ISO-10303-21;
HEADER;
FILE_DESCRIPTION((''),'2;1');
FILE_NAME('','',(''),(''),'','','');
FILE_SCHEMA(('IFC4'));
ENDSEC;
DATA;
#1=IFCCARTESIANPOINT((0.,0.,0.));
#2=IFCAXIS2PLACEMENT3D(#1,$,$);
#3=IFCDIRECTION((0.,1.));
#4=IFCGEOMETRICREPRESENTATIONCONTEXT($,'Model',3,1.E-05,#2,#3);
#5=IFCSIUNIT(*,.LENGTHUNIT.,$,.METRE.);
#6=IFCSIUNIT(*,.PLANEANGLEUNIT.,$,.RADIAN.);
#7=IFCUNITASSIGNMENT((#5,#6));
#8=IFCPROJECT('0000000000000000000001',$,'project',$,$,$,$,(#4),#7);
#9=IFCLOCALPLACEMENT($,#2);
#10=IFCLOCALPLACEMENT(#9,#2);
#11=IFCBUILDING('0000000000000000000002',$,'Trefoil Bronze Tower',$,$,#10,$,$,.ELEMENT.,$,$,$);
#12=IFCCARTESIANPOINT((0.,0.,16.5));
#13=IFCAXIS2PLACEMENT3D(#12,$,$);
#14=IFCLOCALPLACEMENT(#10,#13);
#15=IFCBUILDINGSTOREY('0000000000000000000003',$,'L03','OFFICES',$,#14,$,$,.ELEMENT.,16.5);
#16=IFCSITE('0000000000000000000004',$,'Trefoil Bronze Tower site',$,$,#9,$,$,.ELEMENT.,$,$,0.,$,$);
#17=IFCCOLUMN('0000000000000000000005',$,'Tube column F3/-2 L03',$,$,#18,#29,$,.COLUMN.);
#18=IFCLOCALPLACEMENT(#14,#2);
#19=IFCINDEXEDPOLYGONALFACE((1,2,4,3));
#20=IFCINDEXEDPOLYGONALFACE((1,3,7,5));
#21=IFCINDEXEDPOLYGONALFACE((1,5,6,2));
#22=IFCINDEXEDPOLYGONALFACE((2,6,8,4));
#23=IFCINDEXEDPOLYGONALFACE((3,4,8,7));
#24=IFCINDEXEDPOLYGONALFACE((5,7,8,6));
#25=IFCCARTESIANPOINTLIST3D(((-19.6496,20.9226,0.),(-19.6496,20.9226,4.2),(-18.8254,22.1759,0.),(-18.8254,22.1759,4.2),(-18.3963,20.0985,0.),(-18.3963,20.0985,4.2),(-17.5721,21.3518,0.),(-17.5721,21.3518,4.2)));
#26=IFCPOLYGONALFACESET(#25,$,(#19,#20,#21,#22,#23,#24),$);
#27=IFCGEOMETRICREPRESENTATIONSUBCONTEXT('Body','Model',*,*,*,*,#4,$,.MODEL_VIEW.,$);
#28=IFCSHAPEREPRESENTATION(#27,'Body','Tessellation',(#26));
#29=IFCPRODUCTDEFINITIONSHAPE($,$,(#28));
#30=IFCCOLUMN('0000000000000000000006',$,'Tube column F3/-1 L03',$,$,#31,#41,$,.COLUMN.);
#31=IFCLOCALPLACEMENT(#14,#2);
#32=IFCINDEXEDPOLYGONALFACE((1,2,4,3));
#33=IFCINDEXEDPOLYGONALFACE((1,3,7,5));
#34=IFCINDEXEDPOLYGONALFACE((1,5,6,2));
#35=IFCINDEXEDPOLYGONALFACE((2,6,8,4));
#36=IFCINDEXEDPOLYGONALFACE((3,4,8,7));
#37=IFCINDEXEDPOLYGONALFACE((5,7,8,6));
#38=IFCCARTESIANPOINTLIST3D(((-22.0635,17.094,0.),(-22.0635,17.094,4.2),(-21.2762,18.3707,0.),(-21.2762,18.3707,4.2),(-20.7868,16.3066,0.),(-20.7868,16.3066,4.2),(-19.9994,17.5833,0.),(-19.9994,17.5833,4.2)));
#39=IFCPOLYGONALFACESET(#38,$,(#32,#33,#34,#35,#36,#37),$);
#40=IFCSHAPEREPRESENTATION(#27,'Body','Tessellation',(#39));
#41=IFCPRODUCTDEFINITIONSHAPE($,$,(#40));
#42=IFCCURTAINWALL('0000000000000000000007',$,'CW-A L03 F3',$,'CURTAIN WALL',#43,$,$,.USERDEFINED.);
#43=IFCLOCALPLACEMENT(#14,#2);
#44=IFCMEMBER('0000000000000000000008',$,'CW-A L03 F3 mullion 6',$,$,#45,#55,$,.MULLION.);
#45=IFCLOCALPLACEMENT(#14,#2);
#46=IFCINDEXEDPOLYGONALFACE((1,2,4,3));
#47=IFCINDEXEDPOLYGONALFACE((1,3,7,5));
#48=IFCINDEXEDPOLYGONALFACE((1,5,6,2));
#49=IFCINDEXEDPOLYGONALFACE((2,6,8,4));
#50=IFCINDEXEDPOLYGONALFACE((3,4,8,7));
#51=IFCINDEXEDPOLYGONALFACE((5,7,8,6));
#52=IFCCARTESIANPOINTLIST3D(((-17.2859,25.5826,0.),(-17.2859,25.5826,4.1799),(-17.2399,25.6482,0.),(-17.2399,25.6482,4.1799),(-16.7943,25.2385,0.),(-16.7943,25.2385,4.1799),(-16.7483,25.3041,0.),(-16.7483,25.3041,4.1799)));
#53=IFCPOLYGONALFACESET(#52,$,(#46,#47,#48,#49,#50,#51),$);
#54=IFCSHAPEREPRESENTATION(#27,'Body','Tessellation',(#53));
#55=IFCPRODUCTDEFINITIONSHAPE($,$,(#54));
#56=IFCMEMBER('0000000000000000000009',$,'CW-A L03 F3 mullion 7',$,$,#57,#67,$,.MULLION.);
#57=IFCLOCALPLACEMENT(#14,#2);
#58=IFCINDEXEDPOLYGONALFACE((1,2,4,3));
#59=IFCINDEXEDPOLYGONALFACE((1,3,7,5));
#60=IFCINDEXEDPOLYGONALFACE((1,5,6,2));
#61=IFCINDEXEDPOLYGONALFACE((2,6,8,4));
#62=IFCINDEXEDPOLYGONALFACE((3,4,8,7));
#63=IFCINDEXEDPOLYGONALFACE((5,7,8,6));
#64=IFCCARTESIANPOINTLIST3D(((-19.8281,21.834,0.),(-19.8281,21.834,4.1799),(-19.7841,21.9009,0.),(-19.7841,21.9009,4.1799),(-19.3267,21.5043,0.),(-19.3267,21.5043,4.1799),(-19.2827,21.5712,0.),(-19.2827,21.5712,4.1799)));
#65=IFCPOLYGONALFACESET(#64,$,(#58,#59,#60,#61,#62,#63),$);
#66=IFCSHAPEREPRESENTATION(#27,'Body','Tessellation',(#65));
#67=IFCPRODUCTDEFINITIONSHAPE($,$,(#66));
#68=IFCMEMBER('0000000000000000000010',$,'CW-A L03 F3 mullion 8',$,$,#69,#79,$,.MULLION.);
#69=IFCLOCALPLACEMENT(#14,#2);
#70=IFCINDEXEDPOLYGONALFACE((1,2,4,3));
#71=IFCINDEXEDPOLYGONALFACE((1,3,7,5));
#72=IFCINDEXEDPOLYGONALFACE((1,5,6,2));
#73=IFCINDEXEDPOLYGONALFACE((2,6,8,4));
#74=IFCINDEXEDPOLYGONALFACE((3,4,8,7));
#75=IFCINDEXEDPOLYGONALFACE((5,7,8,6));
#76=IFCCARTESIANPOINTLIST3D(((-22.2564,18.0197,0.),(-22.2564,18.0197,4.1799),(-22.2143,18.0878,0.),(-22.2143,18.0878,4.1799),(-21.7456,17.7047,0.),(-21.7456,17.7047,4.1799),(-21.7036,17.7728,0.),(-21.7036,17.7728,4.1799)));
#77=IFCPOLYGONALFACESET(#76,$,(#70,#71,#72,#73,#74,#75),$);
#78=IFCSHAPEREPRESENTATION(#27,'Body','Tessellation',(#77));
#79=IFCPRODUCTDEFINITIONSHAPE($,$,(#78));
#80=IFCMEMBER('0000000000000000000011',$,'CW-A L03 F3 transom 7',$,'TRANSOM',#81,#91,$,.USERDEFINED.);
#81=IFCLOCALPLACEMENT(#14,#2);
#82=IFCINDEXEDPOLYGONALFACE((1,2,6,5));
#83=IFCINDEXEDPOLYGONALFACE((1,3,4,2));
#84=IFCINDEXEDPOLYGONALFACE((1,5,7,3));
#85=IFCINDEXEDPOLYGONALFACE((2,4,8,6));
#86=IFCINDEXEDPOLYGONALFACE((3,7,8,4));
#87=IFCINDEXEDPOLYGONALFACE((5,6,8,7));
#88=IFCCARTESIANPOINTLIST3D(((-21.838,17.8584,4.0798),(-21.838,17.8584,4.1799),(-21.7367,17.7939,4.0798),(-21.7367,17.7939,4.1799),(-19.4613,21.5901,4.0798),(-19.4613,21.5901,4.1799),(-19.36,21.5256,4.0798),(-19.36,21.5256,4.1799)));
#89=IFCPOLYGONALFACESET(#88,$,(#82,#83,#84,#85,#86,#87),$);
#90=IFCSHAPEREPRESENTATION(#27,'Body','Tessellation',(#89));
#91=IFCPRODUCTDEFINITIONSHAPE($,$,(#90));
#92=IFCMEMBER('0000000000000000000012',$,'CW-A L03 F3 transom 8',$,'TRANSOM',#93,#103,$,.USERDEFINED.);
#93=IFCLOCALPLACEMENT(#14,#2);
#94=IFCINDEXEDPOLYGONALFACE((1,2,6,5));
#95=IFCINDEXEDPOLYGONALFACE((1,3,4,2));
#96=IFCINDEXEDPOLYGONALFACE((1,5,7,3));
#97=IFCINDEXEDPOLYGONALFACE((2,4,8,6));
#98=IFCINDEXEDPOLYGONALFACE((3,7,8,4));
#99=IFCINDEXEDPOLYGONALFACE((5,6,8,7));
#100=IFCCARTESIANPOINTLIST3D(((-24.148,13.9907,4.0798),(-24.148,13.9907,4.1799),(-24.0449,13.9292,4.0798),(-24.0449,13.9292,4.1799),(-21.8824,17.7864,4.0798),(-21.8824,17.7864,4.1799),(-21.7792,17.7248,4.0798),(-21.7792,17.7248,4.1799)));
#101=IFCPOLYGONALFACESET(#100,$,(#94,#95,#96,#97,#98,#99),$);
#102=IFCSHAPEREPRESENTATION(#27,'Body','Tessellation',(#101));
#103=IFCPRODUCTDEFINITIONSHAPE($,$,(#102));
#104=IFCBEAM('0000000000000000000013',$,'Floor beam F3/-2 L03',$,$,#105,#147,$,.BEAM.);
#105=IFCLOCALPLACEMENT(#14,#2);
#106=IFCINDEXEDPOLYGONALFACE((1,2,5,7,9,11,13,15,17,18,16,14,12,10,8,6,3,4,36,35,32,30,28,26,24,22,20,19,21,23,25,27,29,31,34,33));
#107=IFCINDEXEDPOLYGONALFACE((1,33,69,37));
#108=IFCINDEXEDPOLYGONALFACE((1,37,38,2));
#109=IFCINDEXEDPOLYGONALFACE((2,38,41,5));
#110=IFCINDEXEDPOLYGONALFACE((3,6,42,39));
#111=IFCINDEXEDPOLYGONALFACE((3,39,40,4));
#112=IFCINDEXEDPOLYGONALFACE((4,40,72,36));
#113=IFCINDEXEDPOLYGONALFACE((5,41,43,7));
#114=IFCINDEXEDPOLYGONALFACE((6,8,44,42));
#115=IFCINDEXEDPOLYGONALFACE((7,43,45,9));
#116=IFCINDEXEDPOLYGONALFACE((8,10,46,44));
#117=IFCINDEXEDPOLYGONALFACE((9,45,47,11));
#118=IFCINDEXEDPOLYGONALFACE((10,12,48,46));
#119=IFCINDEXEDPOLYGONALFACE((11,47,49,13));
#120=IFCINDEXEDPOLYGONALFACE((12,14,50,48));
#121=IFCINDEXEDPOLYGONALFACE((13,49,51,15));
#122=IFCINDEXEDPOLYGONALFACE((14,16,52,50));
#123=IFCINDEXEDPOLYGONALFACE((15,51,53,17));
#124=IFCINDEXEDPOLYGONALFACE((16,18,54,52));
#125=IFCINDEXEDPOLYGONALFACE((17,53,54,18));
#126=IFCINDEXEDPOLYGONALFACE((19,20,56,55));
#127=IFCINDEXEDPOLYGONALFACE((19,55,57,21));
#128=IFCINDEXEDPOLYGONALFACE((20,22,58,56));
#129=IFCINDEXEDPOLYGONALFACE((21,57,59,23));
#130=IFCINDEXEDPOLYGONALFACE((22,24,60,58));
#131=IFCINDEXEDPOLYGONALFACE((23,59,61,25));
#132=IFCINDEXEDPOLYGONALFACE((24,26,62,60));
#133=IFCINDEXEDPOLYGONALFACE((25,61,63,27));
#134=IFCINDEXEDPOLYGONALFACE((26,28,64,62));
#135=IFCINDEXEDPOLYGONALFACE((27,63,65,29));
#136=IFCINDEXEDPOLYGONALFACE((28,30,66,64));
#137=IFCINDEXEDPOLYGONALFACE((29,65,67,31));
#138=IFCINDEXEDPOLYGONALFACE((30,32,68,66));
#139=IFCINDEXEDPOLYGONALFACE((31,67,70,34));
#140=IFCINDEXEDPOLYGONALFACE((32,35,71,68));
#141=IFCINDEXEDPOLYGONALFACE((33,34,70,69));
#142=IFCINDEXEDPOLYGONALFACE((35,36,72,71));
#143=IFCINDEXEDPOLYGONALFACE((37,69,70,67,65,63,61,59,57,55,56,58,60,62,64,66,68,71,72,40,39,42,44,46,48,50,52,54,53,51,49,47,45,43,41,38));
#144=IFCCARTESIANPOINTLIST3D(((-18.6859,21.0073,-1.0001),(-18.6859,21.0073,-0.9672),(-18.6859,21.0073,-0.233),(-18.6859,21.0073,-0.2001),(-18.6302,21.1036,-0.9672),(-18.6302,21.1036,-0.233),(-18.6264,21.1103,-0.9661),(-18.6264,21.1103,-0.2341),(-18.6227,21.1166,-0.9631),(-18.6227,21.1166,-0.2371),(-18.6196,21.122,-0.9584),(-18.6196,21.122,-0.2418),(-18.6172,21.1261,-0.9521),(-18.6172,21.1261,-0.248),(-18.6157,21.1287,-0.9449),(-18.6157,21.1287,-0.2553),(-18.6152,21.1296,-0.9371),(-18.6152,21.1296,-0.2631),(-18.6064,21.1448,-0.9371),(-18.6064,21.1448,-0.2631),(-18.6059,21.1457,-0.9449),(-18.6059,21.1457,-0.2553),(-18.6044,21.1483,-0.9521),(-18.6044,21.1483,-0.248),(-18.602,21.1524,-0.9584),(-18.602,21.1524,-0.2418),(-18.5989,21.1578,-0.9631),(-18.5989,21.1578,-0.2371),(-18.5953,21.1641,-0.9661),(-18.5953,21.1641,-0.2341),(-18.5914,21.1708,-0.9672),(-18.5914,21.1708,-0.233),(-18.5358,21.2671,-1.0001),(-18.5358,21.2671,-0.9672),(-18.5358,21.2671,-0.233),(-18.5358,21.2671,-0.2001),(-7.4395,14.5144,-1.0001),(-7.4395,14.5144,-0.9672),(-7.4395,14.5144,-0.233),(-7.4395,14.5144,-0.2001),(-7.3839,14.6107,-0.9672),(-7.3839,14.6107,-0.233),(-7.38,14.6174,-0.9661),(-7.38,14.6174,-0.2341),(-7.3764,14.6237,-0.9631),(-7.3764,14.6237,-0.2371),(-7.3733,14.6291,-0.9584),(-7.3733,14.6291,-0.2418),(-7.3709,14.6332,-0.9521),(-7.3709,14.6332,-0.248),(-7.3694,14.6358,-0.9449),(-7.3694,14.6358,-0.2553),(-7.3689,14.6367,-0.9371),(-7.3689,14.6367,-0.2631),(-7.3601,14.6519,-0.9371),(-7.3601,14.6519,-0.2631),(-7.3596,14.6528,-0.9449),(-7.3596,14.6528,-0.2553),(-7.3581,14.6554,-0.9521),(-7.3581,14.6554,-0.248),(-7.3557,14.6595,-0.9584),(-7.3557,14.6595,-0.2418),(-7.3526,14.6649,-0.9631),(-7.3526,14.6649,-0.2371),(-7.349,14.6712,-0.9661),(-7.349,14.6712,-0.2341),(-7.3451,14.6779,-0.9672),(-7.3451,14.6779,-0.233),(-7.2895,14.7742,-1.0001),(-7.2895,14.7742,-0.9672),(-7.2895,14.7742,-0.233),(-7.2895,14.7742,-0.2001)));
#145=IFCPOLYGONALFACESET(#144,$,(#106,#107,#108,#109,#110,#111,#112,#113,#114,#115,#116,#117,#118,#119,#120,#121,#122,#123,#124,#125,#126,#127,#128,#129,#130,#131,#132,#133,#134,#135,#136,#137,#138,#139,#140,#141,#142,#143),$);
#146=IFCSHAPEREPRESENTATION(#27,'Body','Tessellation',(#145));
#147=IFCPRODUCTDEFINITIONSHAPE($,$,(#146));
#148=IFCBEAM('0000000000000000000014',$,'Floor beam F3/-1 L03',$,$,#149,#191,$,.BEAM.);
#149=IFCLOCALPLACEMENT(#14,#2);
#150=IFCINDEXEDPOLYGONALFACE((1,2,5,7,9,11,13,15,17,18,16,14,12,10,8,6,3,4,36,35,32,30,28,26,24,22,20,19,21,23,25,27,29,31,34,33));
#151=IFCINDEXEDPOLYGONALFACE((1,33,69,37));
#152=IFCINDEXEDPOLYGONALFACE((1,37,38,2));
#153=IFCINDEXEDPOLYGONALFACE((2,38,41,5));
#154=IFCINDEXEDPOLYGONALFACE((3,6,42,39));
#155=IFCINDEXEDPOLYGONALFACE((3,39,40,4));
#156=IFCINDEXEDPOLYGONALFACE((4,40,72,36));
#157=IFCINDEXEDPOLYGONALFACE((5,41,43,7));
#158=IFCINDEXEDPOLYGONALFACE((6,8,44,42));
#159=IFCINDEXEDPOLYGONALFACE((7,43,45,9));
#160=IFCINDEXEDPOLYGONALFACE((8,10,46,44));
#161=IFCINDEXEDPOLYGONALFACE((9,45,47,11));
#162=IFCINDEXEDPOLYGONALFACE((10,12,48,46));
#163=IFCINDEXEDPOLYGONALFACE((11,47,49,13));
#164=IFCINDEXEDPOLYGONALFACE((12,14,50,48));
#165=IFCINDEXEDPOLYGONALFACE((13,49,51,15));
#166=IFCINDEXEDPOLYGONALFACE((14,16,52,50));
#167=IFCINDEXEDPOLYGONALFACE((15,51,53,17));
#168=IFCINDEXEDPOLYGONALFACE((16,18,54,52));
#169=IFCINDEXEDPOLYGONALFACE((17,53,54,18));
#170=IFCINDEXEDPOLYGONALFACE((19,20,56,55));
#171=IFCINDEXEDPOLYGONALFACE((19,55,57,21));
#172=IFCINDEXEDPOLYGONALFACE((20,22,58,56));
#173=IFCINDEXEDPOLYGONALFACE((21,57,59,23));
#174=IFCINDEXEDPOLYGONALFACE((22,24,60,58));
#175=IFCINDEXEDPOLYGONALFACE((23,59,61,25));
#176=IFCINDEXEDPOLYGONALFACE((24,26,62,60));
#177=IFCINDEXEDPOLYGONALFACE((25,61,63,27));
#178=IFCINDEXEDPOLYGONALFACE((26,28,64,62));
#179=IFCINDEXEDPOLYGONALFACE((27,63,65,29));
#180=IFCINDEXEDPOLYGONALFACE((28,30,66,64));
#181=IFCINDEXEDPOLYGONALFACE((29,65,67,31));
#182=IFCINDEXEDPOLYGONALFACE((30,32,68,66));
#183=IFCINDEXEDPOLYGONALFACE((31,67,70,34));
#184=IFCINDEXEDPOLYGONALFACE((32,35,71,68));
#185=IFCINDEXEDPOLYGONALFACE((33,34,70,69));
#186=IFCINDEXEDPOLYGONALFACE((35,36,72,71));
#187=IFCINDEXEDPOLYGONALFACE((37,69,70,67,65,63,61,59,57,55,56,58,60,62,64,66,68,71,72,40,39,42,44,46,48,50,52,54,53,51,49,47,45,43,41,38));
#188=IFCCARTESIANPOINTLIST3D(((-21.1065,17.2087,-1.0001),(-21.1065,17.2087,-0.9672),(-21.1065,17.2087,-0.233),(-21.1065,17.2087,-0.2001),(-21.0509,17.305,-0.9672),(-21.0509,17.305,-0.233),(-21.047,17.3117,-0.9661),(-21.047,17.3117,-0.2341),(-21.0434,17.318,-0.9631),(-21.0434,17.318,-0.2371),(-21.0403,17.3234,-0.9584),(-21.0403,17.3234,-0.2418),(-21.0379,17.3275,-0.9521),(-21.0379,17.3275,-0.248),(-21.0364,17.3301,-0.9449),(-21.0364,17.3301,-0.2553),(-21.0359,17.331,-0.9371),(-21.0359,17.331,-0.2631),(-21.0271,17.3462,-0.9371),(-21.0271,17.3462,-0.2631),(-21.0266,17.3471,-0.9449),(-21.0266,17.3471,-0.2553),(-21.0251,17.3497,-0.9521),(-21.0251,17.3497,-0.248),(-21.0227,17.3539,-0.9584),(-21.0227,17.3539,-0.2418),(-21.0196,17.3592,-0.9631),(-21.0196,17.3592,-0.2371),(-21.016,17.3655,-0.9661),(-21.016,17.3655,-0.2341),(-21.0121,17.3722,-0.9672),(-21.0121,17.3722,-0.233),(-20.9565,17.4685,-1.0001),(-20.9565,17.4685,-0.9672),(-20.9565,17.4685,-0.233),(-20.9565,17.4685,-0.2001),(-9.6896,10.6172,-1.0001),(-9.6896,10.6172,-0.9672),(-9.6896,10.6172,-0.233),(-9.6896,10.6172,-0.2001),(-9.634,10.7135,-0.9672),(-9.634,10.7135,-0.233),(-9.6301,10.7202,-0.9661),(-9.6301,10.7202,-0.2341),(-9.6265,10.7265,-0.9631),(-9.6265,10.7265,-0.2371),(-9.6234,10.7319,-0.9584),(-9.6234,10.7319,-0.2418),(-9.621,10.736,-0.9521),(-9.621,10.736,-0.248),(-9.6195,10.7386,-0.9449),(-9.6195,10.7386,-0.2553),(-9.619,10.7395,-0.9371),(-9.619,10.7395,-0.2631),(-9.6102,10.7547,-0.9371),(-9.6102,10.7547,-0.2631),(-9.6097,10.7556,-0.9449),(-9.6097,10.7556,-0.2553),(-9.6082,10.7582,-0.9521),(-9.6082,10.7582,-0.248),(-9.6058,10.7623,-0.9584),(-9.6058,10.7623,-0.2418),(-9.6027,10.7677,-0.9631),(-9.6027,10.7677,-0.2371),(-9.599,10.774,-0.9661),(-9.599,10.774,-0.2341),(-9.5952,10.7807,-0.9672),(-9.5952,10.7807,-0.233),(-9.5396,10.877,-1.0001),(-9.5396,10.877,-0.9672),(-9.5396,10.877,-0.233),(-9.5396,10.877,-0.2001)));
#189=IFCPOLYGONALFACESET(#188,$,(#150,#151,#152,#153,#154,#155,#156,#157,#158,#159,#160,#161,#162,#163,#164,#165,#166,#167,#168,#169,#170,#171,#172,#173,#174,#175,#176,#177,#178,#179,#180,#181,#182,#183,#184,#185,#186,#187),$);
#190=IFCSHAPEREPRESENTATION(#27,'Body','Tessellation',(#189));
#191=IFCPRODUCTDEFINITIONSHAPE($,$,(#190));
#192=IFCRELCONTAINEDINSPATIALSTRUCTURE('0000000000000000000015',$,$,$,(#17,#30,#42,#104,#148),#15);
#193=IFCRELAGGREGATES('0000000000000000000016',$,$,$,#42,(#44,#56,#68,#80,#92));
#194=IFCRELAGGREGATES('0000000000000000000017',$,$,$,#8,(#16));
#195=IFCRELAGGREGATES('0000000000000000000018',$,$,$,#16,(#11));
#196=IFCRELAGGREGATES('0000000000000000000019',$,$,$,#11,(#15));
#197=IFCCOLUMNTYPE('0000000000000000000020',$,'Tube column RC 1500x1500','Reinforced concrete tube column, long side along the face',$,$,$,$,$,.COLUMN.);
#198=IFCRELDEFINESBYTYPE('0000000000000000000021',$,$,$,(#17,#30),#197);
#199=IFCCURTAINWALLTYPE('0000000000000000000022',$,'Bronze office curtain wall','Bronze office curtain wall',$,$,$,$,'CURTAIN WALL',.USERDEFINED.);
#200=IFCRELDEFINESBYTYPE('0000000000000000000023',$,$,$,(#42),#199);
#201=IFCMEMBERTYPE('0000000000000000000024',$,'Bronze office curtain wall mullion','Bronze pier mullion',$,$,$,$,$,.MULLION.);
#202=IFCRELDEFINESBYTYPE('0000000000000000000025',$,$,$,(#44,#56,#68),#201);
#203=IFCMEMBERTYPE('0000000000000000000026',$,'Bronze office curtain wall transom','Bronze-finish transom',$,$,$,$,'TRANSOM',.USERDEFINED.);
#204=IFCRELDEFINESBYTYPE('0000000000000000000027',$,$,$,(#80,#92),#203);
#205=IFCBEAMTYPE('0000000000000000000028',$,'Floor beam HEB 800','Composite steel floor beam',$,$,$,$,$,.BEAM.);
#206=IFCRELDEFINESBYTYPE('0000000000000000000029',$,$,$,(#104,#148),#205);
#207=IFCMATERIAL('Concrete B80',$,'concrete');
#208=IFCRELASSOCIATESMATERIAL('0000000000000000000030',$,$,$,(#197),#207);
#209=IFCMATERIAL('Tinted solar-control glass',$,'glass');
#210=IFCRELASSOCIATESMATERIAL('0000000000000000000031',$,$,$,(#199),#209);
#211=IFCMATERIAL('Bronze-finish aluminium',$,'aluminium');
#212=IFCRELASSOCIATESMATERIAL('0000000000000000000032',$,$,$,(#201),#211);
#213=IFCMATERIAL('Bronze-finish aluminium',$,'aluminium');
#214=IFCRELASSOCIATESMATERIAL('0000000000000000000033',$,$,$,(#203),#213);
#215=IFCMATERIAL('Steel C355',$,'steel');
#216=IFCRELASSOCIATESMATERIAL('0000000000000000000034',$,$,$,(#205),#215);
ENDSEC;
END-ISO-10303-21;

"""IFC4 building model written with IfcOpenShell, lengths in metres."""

from ifc_helpers import new_model, si_unit, direction, frame, origin, origin_2d, place, context, subcontext, project, spatial, rectangle, i_section, extrude, material, material_profile, profile_set, type_object, element, aggregate, save


model = new_model("IFC4")

# Units and contexts
model_context = context("Model", 3, precision=1e-05, world=origin(), true_north=direction((0.0, 1.0)))
body_context = subcontext(model_context, "Body", "Model", "MODEL_VIEW")
ifc_project = project(units=[si_unit("LENGTHUNIT", "METRE"), si_unit("PLANEANGLEUNIT", "RADIAN")], contexts=[model_context])

# Site, building, storey
site_placement = place(None, origin())
site = spatial("IfcSite", under=ifc_project, at=site_placement, Name="Trefoil Bronze Tower site", CompositionType="ELEMENT", RefElevation=0.0)
building_placement = place(site_placement, origin())
building = spatial("IfcBuilding", under=site, at=building_placement, Name="Trefoil Bronze Tower", CompositionType="ELEMENT")
storey_placement = place(building_placement, frame((0.0, 0.0, 16.5)))
storey = spatial("IfcBuildingStorey", under=building, at=storey_placement, Name="L03", Description="OFFICES", CompositionType="ELEMENT", Elevation=16.5)

# Columns
ifc_material_1 = material(Name="Concrete B80", Category="concrete")
ifc_material_profile_1 = material_profile(ifc_material_1, rectangle(XDim=1.5, YDim=1.5, at=origin_2d()), Name="RC 1500x1500")
ifc_profile_set_1 = profile_set([ifc_material_profile_1], Name="Concrete B80")
column_type = type_object("IfcColumnType", Name="Tube column RC 1500x1500", Description="Reinforced concrete tube column, long side along the face", PredefinedType="COLUMN", material=ifc_profile_set_1)
for number, where, z_axis, x_axis, name in (
    (1, (-18.6108, 21.1372, 0.0), (0.0, 0.0, 1.0), (-0.549424, -0.835544, 0.0), "Tube column F3/-2 L03"),
    (2, (-21.0315, 17.3386, 0.0), (0.0, 0.0, 1.0), (-0.524923, -0.85115, 0.0), "Tube column F3/-1 L03"),
):
    element("IfcColumn", number, at=place(storey_placement, frame(where, z_axis=z_axis, x_axis=x_axis)), inside=storey, type_object=column_type, Name=name, PredefinedType="COLUMN", context=body_context, shape_type="SweptSolid", body=[
        extrude(rectangle(XDim=1.5, YDim=1.5, at=origin_2d()), origin(), (0.0, 0.0, 1.0), 4.2),
    ])

# Curtain wall, members
ifc_material_2 = material(Name="Tinted solar-control glass", Category="glass")
curtain_wall_type = type_object("IfcCurtainWallType", Name="Bronze office curtain wall", Description="Bronze office curtain wall", ElementType="CURTAIN WALL", PredefinedType="USERDEFINED", material=ifc_material_2)
curtain_wall_placement = place(storey_placement, origin())
curtain_wall = element("IfcCurtainWall", 3, at=curtain_wall_placement, inside=storey, type_object=curtain_wall_type, Name="CW-A L03 F3", ObjectType="CURTAIN WALL", PredefinedType="USERDEFINED")
ifc_material_3 = material(Name="Bronze-finish aluminium", Category="aluminium")
ifc_material_profile_2 = material_profile(ifc_material_3, rectangle(XDim=0.6001, YDim=0.0801, at=origin_2d()), Name="CW-A mullion")
ifc_profile_set_2 = profile_set([ifc_material_profile_2], Name="Bronze-finish aluminium")
member_type_1 = type_object("IfcMemberType", Name="Bronze office curtain wall mullion", Description="Bronze pier mullion", PredefinedType="MULLION", material=ifc_profile_set_2)
member_1_placement = place(storey_placement, frame((-17.0171, 25.4434, 0.0), z_axis=(0.0, 0.0, 1.0), x_axis=(0.819204, -0.573502, 0.0)))
member_1 = element("IfcMember", 4, at=member_1_placement, type_object=member_type_1, Name="CW-A L03 F3 mullion 6", PredefinedType="MULLION", context=body_context, shape_type="SweptSolid", body=[
    extrude(rectangle(XDim=0.6001, YDim=0.0801, at=origin_2d()), origin(), (0.0, 0.0, 1.0), 4.1799),
])
member_2_placement = place(storey_placement, frame((-19.5554, 21.7026, 0.0), z_axis=(0.0, 0.0, 1.0), x_axis=(0.835544, -0.549424, 0.0)))
member_2 = element("IfcMember", 5, at=member_2_placement, type_object=member_type_1, Name="CW-A L03 F3 mullion 7", PredefinedType="MULLION", context=body_context, shape_type="SweptSolid", body=[
    extrude(rectangle(XDim=0.6001, YDim=0.0801, at=origin_2d()), origin(), (0.0, 0.0, 1.0), 4.1799),
])
member_3_placement = place(storey_placement, frame((-21.98, 17.8962, 0.0), z_axis=(0.0, 0.0, 1.0), x_axis=(0.85115, -0.524923, 0.0)))
member_3 = element("IfcMember", 6, at=member_3_placement, type_object=member_type_1, Name="CW-A L03 F3 mullion 8", PredefinedType="MULLION", context=body_context, shape_type="SweptSolid", body=[
    extrude(rectangle(XDim=0.6001, YDim=0.0801, at=origin_2d()), origin(), (0.0, 0.0, 1.0), 4.1799),
])
ifc_material_4 = material(Name="Bronze-finish aluminium", Category="aluminium")
ifc_material_profile_3 = material_profile(ifc_material_4, rectangle(XDim=0.1201, YDim=0.1001, at=origin_2d()), Name="CW-A transom")
ifc_profile_set_3 = profile_set([ifc_material_profile_3], Name="Bronze-finish aluminium")
member_type_2 = type_object("IfcMemberType", Name="Bronze office curtain wall transom", Description="Bronze-finish transom", ElementType="TRANSOM", PredefinedType="USERDEFINED", material=ifc_profile_set_3)
member_4_placement = place(storey_placement, frame((-19.4106, 21.5579, 4.1299), z_axis=(-0.537197, -0.843457, 0.0), x_axis=(0.843457, -0.537197, 0.0)))
member_4 = element("IfcMember", 7, at=member_4_placement, type_object=member_type_2, Name="CW-A L03 F3 transom 7", ObjectType="TRANSOM", PredefinedType="USERDEFINED", context=body_context, shape_type="SweptSolid", body=[
    extrude(rectangle(XDim=0.1201, YDim=0.1001, at=origin_2d()), origin(), (0.0, 0.0, 1.0), 4.4243),
])
member_5_placement = place(storey_placement, frame((-21.8308, 17.7556, 4.1299), z_axis=(-0.512537, -0.858665, 0.0), x_axis=(0.858665, -0.512537, 0.0)))
member_5 = element("IfcMember", 8, at=member_5_placement, type_object=member_type_2, Name="CW-A L03 F3 transom 8", ObjectType="TRANSOM", PredefinedType="USERDEFINED", context=body_context, shape_type="SweptSolid", body=[
    extrude(rectangle(XDim=0.1201, YDim=0.1001, at=origin_2d()), origin(), (0.0, 0.0, 1.0), 4.4204),
])

# Beams
ifc_material_5 = material(Name="Steel C355", Category="steel")
ifc_material_profile_4 = material_profile(ifc_material_5, i_section(OverallWidth=0.3, OverallDepth=0.8, WebThickness=0.0176, FlangeThickness=0.033, FilletRadius=0.03, at=origin_2d()), Name="HEB 800")
ifc_profile_set_4 = profile_set([ifc_material_profile_4], Name="Steel C355")
beam_type_1 = type_object("IfcBeamType", Name="Floor beam HEB 800", Description="Composite steel floor beam", PredefinedType="BEAM", material=ifc_profile_set_4)
beam_1_placement = place(storey_placement, frame((-18.6108, 21.1372, -0.6001), z_axis=(0.866031, -0.499991, 0.0), x_axis=(0.499991, 0.866031, 0.0)))
element("IfcBeam", 9, at=beam_1_placement, inside=storey, type_object=beam_type_1, Name="Floor beam F3/-2 L03", PredefinedType="BEAM", context=body_context, shape_type="SweptSolid", body=[
    extrude(i_section(OverallWidth=0.3, OverallDepth=0.8, WebThickness=0.0176, FlangeThickness=0.033, FilletRadius=0.03, at=origin_2d()), origin(), (0.0, 0.0, 1.0), 12.9861),
])
beam_2_placement = place(storey_placement, frame((-21.0315, 17.3386, -0.6001), z_axis=(0.866027, -0.499997, 0.0), x_axis=(0.499997, 0.866027, 0.0)))
element("IfcBeam", 10, at=beam_2_placement, inside=storey, type_object=beam_type_1, Name="Floor beam F3/-1 L03", PredefinedType="BEAM", context=body_context, shape_type="SweptSolid", body=[
    extrude(i_section(OverallWidth=0.3, OverallDepth=0.8, WebThickness=0.0176, FlangeThickness=0.033, FilletRadius=0.03, at=origin_2d()), origin(), (0.0, 0.0, 1.0), 13.1831),
])

aggregate(curtain_wall, [member_1, member_2, member_3, member_4, member_5])

save(model, "model.ifc")
